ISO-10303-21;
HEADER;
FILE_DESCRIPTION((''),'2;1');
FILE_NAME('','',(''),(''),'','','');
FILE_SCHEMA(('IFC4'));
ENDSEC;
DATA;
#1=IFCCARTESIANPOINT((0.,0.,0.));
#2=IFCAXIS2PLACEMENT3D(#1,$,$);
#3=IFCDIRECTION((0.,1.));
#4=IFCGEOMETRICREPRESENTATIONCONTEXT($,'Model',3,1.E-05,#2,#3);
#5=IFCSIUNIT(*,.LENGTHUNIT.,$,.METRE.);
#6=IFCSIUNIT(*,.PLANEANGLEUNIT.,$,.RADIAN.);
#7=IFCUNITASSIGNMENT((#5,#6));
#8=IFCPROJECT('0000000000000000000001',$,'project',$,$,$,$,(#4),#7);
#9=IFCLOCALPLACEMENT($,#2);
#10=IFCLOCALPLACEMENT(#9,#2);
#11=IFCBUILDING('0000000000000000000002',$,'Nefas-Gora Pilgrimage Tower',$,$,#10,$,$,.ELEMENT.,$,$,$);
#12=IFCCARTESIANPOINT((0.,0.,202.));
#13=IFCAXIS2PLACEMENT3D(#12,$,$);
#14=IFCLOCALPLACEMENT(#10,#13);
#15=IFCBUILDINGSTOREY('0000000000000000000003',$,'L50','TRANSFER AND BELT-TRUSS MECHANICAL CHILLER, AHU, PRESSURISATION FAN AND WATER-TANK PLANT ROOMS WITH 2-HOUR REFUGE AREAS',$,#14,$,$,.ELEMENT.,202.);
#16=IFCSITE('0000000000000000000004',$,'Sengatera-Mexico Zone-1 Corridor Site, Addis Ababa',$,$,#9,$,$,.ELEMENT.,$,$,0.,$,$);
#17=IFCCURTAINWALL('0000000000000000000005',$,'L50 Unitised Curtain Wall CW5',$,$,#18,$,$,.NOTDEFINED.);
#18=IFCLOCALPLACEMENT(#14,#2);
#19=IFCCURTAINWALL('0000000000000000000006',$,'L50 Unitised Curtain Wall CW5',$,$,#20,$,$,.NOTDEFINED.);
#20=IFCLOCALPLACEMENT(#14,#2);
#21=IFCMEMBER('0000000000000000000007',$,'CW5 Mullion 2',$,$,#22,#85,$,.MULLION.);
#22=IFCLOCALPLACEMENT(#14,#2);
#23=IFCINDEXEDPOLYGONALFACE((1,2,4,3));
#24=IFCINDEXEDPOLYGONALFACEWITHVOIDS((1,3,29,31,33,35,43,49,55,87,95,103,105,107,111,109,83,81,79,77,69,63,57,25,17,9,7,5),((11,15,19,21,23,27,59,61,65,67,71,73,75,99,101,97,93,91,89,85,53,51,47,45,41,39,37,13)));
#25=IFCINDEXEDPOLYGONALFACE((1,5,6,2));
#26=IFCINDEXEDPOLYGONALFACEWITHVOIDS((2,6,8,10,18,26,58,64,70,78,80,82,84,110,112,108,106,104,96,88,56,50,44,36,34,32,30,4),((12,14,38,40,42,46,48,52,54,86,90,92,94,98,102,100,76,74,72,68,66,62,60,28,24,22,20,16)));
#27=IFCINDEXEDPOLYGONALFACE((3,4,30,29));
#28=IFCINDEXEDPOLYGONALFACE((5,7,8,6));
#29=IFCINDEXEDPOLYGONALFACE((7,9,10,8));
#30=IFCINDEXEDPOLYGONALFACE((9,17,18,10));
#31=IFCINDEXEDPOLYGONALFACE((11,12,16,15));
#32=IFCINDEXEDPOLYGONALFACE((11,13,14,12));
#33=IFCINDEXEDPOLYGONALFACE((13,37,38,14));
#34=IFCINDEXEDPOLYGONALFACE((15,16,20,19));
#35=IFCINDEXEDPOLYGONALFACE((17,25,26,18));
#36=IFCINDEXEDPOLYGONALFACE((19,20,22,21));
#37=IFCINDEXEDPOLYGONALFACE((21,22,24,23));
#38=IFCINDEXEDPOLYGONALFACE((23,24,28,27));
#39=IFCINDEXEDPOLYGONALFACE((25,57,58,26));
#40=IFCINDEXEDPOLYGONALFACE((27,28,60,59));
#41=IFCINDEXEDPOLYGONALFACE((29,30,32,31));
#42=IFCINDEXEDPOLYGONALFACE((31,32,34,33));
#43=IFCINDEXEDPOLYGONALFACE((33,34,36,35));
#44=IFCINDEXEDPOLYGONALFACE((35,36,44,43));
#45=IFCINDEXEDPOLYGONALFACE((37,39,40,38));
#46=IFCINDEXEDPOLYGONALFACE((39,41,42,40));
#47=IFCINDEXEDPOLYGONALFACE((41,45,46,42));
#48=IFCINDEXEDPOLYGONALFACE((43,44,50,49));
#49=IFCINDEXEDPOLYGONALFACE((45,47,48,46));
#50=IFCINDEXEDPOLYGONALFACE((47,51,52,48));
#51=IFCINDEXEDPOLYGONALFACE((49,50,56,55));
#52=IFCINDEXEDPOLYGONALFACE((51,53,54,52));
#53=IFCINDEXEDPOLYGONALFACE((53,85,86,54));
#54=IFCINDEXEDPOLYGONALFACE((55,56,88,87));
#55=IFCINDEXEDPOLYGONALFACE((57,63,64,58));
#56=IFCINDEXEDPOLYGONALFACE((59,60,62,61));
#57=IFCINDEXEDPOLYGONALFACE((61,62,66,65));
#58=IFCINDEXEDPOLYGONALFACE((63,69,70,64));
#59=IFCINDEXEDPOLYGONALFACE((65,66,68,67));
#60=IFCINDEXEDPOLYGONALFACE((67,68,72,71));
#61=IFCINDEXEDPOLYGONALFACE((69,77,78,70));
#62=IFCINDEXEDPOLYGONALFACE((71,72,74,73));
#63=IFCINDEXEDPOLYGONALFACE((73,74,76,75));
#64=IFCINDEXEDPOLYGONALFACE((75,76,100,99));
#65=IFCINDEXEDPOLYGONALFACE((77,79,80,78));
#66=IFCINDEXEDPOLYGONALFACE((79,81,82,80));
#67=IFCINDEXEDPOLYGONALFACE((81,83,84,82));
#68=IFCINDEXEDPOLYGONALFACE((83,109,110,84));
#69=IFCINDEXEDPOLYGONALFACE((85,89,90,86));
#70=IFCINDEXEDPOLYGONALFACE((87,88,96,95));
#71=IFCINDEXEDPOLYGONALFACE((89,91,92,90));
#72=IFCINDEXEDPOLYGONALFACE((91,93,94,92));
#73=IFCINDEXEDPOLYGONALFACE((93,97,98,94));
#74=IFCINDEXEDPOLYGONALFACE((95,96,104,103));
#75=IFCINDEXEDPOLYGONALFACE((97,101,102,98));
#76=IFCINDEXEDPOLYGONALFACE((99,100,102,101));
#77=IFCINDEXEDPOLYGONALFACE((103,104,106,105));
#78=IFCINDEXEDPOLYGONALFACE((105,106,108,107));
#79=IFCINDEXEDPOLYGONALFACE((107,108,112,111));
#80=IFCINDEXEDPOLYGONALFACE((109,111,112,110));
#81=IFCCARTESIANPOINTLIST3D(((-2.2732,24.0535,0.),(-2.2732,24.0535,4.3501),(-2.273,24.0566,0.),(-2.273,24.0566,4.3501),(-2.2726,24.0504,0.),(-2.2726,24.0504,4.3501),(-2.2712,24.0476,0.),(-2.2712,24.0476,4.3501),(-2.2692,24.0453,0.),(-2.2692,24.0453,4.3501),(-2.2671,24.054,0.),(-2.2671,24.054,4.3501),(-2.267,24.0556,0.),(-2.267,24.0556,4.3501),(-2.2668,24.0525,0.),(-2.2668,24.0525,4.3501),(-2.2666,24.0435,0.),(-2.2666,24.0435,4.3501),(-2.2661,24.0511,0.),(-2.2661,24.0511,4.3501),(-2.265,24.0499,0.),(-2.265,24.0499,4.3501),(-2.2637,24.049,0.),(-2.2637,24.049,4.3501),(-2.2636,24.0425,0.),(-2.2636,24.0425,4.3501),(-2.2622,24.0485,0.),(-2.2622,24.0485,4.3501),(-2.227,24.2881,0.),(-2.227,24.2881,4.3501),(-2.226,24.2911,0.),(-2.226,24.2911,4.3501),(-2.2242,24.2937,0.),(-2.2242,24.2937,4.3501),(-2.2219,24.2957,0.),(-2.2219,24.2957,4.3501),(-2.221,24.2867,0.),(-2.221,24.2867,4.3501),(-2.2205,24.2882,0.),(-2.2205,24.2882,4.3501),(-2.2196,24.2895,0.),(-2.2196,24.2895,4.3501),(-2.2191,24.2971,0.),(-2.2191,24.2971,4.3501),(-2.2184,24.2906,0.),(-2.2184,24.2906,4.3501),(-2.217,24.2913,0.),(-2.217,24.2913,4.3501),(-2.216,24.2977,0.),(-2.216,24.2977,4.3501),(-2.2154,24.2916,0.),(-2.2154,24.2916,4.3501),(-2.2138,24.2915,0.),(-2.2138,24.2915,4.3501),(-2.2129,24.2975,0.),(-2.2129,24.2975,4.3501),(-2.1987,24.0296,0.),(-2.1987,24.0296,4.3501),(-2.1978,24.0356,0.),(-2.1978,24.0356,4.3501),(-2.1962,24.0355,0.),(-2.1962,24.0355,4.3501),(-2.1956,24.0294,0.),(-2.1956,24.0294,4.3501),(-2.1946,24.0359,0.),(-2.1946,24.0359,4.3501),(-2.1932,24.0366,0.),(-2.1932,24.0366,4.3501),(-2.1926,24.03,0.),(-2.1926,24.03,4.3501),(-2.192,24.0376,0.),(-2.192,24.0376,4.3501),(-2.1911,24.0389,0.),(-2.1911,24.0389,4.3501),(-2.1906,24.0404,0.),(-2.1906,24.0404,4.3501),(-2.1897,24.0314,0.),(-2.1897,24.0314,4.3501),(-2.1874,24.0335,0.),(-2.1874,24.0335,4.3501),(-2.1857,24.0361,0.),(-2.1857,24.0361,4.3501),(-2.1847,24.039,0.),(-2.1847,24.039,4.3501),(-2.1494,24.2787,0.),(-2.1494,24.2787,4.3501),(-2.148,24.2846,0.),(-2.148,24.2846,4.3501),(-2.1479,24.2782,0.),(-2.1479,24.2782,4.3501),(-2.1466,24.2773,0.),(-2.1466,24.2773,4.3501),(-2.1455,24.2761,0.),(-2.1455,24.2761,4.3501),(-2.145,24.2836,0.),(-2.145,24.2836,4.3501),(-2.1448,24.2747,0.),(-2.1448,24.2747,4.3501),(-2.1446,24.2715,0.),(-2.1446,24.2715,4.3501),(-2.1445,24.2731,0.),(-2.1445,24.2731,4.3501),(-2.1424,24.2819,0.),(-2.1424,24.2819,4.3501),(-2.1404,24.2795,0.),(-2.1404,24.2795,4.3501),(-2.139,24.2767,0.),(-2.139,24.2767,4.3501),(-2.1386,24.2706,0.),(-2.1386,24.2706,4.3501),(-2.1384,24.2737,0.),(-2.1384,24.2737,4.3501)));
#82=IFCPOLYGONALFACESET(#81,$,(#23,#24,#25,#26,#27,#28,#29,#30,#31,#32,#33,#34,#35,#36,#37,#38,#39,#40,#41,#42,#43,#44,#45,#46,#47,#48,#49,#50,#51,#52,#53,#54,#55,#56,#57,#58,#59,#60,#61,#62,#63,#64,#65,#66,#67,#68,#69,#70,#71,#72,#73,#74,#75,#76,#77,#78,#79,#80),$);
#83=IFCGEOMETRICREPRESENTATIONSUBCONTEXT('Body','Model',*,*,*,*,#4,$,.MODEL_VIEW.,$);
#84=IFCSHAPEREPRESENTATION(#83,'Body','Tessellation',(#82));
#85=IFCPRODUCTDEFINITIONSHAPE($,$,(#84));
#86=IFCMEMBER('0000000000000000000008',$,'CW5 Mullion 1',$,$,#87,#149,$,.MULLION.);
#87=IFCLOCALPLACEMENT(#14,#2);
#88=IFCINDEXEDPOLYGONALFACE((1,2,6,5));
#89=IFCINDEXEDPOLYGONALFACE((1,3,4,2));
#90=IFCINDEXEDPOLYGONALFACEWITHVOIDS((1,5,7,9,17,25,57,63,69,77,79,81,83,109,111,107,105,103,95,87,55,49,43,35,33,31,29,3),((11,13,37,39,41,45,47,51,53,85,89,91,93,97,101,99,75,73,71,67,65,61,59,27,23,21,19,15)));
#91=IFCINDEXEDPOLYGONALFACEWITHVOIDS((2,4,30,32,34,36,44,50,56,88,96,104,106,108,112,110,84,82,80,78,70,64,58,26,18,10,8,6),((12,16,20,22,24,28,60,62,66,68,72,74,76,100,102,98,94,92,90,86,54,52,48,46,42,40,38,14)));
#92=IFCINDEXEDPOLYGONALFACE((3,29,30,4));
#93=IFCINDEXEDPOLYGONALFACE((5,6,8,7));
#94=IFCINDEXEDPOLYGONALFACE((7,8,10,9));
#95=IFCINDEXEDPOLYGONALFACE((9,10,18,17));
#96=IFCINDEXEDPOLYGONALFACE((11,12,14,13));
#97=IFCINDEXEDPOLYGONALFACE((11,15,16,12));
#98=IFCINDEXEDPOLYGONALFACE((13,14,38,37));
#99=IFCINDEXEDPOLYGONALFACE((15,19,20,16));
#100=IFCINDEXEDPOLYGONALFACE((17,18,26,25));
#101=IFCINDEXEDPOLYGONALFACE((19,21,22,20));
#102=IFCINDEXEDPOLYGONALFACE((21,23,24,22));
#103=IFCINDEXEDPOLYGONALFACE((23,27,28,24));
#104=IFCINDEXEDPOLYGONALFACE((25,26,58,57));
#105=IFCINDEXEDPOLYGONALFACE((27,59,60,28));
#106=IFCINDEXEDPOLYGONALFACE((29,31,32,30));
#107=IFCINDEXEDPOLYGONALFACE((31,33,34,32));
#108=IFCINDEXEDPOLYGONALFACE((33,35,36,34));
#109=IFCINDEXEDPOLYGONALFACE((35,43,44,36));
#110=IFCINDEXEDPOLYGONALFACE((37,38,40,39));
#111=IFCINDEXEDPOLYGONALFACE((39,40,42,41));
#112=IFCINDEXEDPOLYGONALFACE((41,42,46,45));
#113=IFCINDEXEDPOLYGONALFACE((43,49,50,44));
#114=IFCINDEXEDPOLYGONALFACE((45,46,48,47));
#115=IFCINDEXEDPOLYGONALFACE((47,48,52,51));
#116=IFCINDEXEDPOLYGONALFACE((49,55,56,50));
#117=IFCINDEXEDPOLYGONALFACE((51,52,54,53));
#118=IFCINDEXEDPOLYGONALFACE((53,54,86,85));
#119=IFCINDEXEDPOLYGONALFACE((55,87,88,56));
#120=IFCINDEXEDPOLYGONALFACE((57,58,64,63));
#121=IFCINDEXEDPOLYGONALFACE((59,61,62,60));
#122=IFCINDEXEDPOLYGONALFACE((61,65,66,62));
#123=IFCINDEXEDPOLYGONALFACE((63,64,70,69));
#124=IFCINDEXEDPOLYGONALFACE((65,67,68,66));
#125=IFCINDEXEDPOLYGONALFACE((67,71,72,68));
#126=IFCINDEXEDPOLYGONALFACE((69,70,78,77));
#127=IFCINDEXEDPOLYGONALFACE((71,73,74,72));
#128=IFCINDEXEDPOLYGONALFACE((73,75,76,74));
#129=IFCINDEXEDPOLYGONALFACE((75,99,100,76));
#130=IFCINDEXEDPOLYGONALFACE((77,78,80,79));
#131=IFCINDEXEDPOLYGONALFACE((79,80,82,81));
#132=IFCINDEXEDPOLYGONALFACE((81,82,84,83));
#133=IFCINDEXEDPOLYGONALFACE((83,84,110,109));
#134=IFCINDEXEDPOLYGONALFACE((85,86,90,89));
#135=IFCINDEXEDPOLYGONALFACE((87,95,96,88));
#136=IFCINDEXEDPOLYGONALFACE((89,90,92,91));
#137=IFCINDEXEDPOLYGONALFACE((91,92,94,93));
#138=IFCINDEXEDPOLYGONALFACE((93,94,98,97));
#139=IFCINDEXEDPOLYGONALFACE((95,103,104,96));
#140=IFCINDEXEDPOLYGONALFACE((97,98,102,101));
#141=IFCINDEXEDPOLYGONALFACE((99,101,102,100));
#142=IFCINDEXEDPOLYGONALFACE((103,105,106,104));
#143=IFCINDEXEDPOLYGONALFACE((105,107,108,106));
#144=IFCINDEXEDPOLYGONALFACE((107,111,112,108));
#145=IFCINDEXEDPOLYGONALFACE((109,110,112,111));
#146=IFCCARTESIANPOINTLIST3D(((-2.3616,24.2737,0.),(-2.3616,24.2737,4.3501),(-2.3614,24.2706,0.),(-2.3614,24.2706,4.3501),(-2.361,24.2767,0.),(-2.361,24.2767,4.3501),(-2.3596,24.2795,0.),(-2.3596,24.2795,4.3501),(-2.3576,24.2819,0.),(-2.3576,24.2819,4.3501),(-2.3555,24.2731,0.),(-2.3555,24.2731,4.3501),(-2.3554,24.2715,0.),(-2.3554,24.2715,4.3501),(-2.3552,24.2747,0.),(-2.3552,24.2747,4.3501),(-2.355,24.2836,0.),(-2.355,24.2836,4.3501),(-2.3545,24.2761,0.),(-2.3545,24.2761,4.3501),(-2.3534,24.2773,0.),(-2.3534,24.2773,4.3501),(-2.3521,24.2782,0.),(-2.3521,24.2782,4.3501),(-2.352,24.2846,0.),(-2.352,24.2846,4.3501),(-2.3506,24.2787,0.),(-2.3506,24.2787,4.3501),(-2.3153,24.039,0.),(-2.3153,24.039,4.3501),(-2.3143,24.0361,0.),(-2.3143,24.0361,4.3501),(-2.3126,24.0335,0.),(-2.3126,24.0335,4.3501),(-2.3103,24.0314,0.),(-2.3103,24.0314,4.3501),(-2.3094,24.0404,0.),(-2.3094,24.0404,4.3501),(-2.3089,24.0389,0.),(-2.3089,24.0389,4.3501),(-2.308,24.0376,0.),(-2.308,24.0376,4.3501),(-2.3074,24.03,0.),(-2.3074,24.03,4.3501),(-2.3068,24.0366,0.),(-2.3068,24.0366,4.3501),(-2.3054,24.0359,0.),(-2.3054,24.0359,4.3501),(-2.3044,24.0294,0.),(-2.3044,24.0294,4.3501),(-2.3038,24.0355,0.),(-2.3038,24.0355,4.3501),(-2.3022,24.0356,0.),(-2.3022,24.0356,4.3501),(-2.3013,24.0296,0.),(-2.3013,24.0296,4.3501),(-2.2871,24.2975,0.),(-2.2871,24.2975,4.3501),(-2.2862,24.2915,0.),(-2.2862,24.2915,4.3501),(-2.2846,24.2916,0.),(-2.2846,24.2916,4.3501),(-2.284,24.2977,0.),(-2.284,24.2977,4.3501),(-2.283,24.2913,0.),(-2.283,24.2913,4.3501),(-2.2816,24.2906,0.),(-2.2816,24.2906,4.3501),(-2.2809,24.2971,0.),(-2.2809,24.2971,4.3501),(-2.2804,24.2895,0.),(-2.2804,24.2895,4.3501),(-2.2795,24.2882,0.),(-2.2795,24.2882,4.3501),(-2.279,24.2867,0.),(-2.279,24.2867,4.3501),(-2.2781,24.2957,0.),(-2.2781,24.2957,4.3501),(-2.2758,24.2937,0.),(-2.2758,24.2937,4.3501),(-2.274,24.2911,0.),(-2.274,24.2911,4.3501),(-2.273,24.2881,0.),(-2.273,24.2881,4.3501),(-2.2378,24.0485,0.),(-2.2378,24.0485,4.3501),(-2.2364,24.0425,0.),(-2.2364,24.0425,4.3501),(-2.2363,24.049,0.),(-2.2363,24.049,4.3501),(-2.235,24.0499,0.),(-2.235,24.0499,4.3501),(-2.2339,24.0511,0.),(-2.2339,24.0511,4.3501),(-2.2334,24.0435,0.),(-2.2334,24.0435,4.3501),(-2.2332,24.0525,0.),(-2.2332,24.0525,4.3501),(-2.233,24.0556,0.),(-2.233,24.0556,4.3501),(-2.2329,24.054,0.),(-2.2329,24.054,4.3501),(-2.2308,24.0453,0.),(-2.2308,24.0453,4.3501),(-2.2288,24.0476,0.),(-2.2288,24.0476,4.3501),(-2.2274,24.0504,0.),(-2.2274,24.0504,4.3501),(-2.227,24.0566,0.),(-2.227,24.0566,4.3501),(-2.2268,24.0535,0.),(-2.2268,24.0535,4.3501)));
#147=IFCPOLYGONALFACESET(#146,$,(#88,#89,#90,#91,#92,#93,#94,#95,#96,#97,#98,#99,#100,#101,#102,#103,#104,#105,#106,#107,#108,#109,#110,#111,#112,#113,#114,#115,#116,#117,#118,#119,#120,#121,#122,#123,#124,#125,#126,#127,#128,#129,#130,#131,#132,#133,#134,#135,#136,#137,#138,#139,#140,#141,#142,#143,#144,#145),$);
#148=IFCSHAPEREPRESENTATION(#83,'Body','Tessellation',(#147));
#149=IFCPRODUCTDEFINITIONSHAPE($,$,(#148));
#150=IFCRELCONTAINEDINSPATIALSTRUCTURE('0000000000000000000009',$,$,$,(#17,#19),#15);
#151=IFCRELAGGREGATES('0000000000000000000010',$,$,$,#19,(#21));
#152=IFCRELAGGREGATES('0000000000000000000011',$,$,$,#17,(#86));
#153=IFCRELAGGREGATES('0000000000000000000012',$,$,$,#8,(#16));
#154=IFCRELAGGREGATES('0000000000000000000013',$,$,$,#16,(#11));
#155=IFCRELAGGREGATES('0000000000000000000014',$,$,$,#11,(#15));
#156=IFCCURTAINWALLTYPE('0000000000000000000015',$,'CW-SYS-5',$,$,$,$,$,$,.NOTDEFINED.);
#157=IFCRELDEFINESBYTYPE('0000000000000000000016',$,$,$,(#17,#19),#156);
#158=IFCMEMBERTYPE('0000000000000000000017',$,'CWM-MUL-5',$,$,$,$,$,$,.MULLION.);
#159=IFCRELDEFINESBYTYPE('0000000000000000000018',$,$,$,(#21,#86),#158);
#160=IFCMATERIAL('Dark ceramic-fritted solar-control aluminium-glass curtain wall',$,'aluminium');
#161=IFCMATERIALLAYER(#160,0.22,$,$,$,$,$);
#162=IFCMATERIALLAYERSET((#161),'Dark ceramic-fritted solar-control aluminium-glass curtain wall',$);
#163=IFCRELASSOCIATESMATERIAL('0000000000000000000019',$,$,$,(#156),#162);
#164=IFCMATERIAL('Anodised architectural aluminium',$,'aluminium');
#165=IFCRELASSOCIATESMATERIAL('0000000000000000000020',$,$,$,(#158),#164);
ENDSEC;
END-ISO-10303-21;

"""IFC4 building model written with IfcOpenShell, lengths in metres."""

from ifc_helpers import new_model, si_unit, direction, frame, origin, origin_2d, place, context, subcontext, project, spatial, hollow_rectangle, extrude, source, transform, mapped, material, layer, layer_set, material_profile, profile_set, type_object, element, aggregate, save


model = new_model("IFC4")

# Units and contexts
model_context = context("Model", 3, precision=1e-05, world=origin(), true_north=direction((0.0, 1.0)))
body_context = subcontext(model_context, "Body", "Model", "MODEL_VIEW")
ifc_project = project(units=[si_unit("LENGTHUNIT", "METRE"), si_unit("PLANEANGLEUNIT", "RADIAN")], contexts=[model_context])

# Site, building, storey
site_placement = place(None, origin())
site = spatial("IfcSite", under=ifc_project, at=site_placement, Name="Sengatera-Mexico Zone-1 Corridor Site, Addis Ababa", CompositionType="ELEMENT", RefElevation=0.0)
building_placement = place(site_placement, origin())
building = spatial("IfcBuilding", under=site, at=building_placement, Name="Nefas-Gora Pilgrimage Tower", CompositionType="ELEMENT")
storey_placement = place(building_placement, frame((0.0, 0.0, 202.0)))
storey = spatial("IfcBuildingStorey", under=building, at=storey_placement, Name="L50", Description="TRANSFER AND BELT-TRUSS MECHANICAL CHILLER, AHU, PRESSURISATION FAN AND WATER-TANK PLANT ROOMS WITH 2-HOUR REFUGE AREAS", CompositionType="ELEMENT", Elevation=202.0)

# Curtain walls, member
ifc_material_1 = material(Name="Dark ceramic-fritted solar-control aluminium-glass curtain wall", Category="aluminium")
ifc_layer_1 = layer(ifc_material_1, 0.22)
ifc_layer_set_1 = layer_set([ifc_layer_1], Name="Dark ceramic-fritted solar-control aluminium-glass curtain wall")
curtain_wall_type = type_object("IfcCurtainWallType", Name="CW-SYS-5", PredefinedType="NOTDEFINED", material=ifc_layer_set_1)
ifc_material_2 = material(Name="Anodised architectural aluminium", Category="aluminium")
curtain_wall_1_placement = place(storey_placement, origin())
curtain_wall_1 = element("IfcCurtainWall", 1, at=curtain_wall_1_placement, inside=storey, type_object=curtain_wall_type, Name="L50 Unitised Curtain Wall CW5", PredefinedType="NOTDEFINED")
curtain_wall_2_placement = place(storey_placement, origin())
curtain_wall_2 = element("IfcCurtainWall", 2, at=curtain_wall_2_placement, inside=storey, type_object=curtain_wall_type, Name="L50 Unitised Curtain Wall CW5", PredefinedType="NOTDEFINED")
ifc_material_profile_1 = material_profile(ifc_material_2, hollow_rectangle(XDim=0.0901, YDim=0.26, WallThickness=0.0061, InnerFilletRadius=0.0061, OuterFilletRadius=0.012, at=origin_2d()), Name="ALU MULLION 90x260")
ifc_profile_set_1 = profile_set([ifc_material_profile_1], Name="Anodised architectural aluminium")
member_type_1 = type_object("IfcMemberType", Name="CWM-MUL-5", PredefinedType="MULLION", material=ifc_profile_set_1)
shared_shape_1 = source(origin(), body_context, "Body", "SweptSolid", [
    extrude(hollow_rectangle(XDim=0.0901, YDim=0.26, WallThickness=0.0061, InnerFilletRadius=0.0061, OuterFilletRadius=0.012, at=origin_2d()), origin(), (0.0, 0.0, 1.0), 4.3501),
])
member_1_placement = place(storey_placement, frame((-2.2058, 24.1636, 0.0), z_axis=(0.0, 0.0, 1.0), x_axis=(-0.980783, 0.195102, 0.0)))
member_1 = element("IfcMember", 3, at=member_1_placement, type_object=member_type_1, Name="CW5 Mullion 2", PredefinedType="MULLION", context=body_context, shape_type="MappedRepresentation", body=[
    mapped(shared_shape_1, transform((0.0, 0.0, 0.0), x_axis=(1.0, 0.0, 0.0), y_axis=(0.0, 1.0, 0.0), z_axis=(0.0, 0.0, 1.0), scale=1.0)),
])
aggregate(curtain_wall_2, [member_1])

# Member
member_2_placement = place(storey_placement, frame((-2.2942, 24.1636, 0.0), z_axis=(0.0, 0.0, 1.0), x_axis=(-0.980783, -0.195102, 0.0)))
member_2 = element("IfcMember", 4, at=member_2_placement, type_object=member_type_1, Name="CW5 Mullion 1", PredefinedType="MULLION", context=body_context, shape_type="MappedRepresentation", body=[
    mapped(shared_shape_1, transform((0.0, 0.0, 0.0), x_axis=(1.0, 0.0, 0.0), y_axis=(0.0, 1.0, 0.0), z_axis=(0.0, 0.0, 1.0), scale=1.0)),
])

aggregate(curtain_wall_1, [member_2])

save(model, "model.ifc")
